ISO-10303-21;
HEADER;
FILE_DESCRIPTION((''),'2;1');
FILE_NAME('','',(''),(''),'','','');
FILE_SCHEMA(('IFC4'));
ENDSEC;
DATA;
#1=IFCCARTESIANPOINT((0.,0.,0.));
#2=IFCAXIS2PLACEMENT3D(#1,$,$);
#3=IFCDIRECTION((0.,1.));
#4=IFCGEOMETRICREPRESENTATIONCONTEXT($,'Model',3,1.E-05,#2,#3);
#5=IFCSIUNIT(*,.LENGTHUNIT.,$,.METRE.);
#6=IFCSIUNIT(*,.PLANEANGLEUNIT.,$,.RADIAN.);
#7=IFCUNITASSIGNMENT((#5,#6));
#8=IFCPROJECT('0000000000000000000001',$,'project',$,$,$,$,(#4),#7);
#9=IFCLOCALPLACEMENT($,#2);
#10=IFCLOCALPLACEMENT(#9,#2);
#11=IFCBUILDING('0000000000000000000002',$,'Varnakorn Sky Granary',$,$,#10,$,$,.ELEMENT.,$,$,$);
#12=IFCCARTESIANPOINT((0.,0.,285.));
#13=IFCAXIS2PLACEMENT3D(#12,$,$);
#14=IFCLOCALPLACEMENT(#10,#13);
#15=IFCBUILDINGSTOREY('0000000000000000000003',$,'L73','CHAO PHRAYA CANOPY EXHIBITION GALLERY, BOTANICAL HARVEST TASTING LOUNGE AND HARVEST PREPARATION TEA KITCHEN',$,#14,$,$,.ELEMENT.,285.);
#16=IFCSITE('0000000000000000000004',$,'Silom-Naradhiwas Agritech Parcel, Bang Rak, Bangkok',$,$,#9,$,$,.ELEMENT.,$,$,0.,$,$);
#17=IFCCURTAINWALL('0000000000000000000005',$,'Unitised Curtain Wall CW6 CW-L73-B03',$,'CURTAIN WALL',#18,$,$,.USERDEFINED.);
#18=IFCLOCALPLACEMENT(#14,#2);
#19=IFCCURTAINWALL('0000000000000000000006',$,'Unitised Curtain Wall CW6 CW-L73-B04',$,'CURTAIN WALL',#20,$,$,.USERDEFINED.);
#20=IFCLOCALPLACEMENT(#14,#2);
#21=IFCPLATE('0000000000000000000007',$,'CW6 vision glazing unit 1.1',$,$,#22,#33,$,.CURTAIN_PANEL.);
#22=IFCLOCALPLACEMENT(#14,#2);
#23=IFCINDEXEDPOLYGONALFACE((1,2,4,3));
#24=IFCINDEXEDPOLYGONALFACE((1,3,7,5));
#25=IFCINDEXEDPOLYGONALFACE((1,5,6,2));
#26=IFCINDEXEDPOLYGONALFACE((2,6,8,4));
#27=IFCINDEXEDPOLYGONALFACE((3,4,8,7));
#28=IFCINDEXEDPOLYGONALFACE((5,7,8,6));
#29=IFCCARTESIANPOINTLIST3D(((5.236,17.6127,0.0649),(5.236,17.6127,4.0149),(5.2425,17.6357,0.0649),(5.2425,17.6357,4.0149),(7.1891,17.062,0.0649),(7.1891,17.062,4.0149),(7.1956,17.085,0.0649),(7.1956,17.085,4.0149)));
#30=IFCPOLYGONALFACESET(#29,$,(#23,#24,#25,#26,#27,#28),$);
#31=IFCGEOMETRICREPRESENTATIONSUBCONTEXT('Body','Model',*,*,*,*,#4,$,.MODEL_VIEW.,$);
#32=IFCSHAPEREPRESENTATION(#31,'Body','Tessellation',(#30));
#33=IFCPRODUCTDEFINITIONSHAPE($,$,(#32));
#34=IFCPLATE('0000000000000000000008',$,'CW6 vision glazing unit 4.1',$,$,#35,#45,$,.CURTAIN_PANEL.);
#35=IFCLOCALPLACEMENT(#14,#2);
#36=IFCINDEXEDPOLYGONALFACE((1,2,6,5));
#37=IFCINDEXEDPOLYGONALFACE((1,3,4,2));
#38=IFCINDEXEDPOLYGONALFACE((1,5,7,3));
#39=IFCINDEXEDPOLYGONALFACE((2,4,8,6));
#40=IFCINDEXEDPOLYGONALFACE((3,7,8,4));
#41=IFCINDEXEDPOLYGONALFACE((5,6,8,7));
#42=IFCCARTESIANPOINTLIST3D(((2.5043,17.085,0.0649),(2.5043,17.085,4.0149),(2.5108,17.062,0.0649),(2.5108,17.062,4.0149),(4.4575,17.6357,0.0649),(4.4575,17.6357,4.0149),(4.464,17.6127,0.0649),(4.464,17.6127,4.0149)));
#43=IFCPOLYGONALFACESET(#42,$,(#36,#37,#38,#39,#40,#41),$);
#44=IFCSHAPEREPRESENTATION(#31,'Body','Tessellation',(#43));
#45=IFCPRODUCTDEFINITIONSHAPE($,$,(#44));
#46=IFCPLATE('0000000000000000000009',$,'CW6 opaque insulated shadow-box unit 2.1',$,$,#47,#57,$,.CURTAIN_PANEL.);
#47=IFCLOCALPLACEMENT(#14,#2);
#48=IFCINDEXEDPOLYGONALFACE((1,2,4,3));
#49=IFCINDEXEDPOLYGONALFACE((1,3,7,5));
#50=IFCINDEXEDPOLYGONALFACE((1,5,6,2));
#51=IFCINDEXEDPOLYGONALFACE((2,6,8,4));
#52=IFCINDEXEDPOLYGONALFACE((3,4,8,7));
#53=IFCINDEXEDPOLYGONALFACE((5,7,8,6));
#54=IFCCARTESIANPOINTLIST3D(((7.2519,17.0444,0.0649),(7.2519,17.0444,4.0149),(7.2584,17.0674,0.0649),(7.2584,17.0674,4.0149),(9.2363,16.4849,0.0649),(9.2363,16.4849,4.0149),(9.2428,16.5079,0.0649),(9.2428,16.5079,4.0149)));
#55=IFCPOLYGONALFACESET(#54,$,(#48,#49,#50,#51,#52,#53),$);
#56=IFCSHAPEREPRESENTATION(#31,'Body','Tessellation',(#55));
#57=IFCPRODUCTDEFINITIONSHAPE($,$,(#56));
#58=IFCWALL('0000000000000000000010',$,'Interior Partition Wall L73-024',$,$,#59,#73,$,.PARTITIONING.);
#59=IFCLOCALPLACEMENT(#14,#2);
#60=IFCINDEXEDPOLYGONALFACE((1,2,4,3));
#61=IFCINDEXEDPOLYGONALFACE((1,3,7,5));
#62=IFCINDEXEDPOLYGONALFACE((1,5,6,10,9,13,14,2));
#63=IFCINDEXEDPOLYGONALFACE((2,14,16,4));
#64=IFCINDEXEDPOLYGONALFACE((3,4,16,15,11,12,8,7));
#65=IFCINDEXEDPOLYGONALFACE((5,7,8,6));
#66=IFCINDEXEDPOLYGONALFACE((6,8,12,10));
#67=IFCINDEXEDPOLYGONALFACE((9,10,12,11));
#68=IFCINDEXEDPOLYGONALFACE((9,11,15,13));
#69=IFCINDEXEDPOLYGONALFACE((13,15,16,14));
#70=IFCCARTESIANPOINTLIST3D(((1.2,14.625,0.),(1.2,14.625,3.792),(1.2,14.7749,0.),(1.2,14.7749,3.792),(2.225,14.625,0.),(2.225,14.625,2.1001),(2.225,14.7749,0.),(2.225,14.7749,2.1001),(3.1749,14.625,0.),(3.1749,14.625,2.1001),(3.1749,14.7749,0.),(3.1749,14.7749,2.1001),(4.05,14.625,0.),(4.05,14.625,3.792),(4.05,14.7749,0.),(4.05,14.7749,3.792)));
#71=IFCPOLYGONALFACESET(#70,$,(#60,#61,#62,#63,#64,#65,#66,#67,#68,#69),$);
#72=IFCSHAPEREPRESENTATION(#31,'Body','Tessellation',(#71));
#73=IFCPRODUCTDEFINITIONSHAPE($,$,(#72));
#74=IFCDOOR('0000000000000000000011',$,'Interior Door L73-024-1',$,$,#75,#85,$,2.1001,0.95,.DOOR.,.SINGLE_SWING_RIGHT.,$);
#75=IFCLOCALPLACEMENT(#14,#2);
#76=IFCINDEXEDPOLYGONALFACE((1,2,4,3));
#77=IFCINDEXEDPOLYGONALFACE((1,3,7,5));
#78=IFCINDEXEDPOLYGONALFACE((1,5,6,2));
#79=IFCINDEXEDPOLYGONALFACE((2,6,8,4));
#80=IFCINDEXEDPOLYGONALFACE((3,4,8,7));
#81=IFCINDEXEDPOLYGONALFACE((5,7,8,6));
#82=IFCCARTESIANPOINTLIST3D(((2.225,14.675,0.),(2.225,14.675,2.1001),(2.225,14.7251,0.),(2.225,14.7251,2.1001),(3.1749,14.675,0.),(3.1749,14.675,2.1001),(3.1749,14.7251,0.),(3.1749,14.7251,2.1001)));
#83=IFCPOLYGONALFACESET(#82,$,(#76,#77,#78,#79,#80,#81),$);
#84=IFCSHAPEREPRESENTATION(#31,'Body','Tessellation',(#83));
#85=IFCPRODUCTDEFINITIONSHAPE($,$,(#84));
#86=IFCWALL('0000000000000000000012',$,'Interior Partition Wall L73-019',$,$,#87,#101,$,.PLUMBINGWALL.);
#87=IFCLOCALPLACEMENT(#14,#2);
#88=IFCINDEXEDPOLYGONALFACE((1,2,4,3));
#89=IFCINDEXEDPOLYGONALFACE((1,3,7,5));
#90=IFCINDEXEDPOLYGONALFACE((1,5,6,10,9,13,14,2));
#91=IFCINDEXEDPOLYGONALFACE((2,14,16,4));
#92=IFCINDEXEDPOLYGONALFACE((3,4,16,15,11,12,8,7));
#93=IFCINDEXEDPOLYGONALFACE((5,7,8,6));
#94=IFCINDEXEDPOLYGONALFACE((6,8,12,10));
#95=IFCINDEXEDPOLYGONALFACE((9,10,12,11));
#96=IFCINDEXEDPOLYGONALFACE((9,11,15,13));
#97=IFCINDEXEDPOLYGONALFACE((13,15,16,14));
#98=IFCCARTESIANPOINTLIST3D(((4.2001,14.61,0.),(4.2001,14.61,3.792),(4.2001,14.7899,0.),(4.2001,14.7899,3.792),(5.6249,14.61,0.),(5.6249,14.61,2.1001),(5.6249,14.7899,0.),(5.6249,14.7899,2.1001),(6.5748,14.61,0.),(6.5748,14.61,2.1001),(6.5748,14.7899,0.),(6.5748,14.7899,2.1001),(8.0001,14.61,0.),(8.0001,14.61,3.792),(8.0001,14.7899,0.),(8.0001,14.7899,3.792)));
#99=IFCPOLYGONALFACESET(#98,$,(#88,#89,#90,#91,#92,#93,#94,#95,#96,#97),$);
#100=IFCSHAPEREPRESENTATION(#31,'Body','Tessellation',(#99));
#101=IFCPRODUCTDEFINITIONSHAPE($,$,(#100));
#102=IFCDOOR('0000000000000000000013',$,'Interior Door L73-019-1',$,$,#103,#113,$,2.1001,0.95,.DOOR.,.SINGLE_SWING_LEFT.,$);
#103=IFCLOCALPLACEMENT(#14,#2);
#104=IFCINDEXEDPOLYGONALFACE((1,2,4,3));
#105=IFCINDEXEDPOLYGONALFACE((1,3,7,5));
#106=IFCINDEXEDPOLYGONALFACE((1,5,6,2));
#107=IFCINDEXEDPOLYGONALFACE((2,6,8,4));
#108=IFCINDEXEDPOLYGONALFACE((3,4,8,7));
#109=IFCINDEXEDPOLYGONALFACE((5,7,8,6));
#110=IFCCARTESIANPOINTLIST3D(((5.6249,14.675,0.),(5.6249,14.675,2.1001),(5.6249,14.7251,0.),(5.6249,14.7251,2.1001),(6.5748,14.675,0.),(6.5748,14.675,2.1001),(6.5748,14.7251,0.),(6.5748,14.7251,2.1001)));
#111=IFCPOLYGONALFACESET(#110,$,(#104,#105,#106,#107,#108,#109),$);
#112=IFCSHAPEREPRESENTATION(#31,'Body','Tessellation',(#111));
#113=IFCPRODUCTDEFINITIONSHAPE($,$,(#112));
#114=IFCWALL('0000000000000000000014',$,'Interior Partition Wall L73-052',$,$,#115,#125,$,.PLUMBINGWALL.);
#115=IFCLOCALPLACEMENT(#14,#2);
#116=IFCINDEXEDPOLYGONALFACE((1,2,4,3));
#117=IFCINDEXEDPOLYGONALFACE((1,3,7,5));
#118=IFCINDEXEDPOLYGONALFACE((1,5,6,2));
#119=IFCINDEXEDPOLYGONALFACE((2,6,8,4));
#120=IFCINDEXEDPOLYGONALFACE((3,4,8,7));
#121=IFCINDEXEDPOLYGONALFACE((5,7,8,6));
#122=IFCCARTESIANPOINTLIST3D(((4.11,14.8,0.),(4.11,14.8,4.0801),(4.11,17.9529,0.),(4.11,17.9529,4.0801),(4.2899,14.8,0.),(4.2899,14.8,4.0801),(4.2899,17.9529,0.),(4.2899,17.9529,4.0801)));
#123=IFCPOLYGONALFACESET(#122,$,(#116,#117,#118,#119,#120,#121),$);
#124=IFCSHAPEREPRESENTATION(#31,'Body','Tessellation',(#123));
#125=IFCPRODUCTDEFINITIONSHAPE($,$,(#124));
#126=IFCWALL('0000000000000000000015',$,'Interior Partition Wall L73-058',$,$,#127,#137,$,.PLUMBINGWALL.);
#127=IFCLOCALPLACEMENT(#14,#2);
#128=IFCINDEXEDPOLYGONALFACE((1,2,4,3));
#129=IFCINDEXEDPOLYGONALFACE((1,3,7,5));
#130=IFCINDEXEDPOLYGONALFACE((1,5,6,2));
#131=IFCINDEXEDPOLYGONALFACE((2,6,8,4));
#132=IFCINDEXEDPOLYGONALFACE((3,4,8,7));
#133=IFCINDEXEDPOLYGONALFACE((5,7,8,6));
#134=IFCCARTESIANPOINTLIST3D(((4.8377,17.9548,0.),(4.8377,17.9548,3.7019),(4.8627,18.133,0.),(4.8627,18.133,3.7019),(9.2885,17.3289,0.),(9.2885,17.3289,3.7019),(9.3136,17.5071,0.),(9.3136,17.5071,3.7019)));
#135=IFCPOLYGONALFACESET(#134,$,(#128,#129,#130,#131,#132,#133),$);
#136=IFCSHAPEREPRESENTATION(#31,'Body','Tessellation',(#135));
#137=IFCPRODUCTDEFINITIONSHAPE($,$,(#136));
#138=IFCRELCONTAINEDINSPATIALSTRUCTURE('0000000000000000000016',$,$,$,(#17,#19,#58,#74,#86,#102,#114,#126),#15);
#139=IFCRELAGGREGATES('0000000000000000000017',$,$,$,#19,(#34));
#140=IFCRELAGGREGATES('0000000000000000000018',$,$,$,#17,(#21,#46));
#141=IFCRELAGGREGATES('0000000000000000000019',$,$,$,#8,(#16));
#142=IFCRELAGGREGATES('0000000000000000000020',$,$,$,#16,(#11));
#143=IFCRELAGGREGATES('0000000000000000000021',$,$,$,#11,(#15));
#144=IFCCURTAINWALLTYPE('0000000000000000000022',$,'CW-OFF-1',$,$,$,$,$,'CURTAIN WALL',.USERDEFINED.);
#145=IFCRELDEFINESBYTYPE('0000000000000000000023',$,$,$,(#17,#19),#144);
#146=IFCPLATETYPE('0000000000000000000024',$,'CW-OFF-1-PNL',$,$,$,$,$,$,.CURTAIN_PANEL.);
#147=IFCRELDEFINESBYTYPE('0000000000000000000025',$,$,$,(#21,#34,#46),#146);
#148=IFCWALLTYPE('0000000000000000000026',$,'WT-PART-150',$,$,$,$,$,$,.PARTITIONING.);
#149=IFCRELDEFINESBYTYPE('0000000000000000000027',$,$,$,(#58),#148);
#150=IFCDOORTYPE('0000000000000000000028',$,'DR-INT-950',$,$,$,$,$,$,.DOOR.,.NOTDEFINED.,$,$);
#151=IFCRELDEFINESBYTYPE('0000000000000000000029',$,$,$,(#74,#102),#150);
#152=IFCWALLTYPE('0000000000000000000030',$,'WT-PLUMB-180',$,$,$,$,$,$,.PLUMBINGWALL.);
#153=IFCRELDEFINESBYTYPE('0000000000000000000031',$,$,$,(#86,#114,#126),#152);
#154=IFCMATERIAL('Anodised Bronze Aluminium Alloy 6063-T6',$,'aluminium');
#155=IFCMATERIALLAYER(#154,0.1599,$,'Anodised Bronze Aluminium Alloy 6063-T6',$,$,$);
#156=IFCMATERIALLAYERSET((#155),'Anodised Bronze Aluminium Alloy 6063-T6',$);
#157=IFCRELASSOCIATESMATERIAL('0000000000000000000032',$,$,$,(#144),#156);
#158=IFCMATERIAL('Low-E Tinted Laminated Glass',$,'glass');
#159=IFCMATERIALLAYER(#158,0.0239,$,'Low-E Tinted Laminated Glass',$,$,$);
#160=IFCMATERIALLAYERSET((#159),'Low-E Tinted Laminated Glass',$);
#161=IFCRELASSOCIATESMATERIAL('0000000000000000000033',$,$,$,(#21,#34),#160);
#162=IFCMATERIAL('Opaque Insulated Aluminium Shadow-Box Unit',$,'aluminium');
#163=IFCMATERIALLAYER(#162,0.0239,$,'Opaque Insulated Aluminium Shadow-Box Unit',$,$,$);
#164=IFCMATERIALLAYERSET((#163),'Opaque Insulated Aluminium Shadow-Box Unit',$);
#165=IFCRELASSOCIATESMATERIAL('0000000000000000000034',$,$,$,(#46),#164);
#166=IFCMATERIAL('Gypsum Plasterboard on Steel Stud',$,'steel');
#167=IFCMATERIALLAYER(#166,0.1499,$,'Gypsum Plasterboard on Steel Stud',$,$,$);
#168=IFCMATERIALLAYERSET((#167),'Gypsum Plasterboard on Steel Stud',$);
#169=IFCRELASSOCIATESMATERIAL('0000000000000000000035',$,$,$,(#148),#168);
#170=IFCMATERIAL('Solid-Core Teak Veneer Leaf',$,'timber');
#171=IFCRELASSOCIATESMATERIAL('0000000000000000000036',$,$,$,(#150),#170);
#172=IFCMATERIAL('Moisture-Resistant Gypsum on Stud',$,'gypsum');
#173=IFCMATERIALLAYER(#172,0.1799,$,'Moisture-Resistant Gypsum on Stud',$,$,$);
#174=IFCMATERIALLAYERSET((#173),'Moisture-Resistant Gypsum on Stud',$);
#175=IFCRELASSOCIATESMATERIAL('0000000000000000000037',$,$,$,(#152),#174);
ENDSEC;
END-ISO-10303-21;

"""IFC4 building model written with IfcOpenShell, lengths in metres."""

from ifc_helpers import new_model, si_unit, direction, frame, frame_2d, origin, origin_2d, place, context, subcontext, project, spatial, rectangle, extrude, source, transform, mapped, material, layer, layer_set, type_object, type_shapes, element, fill, aggregate, save


model = new_model("IFC4")

# Units and contexts
model_context = context("Model", 3, precision=1e-05, world=origin(), true_north=direction((0.0, 1.0)))
body_context = subcontext(model_context, "Body", "Model", "MODEL_VIEW")
ifc_project = project(units=[si_unit("LENGTHUNIT", "METRE"), si_unit("PLANEANGLEUNIT", "RADIAN")], contexts=[model_context])

# Site, building, storey
site_placement = place(None, origin())
site = spatial("IfcSite", under=ifc_project, at=site_placement, Name="Silom-Naradhiwas Agritech Parcel, Bang Rak, Bangkok", CompositionType="ELEMENT", RefElevation=0.0)
building_placement = place(site_placement, origin())
building = spatial("IfcBuilding", under=site, at=building_placement, Name="Varnakorn Sky Granary", CompositionType="ELEMENT")
storey_placement = place(building_placement, frame((0.0, 0.0, 285.0)))
storey = spatial("IfcBuildingStorey", under=building, at=storey_placement, Name="L73", Description="CHAO PHRAYA CANOPY EXHIBITION GALLERY, BOTANICAL HARVEST TASTING LOUNGE AND HARVEST PREPARATION TEA KITCHEN", CompositionType="ELEMENT", Elevation=285.0)

# Curtain wall
ifc_material_1 = material(Name="Anodised Bronze Aluminium Alloy 6063-T6", Category="aluminium")
ifc_layer_1 = layer(ifc_material_1, 0.1599, Name="Anodised Bronze Aluminium Alloy 6063-T6")
ifc_layer_set_1 = layer_set([ifc_layer_1], Name="Anodised Bronze Aluminium Alloy 6063-T6")
curtain_wall_type = type_object("IfcCurtainWallType", Name="CW-OFF-1", ElementType="CURTAIN WALL", PredefinedType="USERDEFINED", material=ifc_layer_set_1)
curtain_wall_1_placement = place(storey_placement, origin())
curtain_wall_1 = element("IfcCurtainWall", 1, at=curtain_wall_1_placement, inside=storey, type_object=curtain_wall_type, Name="Unitised Curtain Wall CW6 CW-L73-B03", ObjectType="CURTAIN WALL", PredefinedType="USERDEFINED")

# Curtain wall
curtain_wall_2_placement = place(storey_placement, origin())
curtain_wall_2 = element("IfcCurtainWall", 2, at=curtain_wall_2_placement, inside=storey, type_object=curtain_wall_type, Name="Unitised Curtain Wall CW6 CW-L73-B04", ObjectType="CURTAIN WALL", PredefinedType="USERDEFINED")

# Plates
ifc_material_2 = material(Name="Low-E Tinted Laminated Glass", Category="glass")
ifc_layer_2 = layer(ifc_material_2, 0.0239, Name="Low-E Tinted Laminated Glass")
ifc_layer_set_2 = layer_set([ifc_layer_2], Name="Low-E Tinted Laminated Glass")
plate_type = type_object("IfcPlateType", Name="CW-OFF-1-PNL", PredefinedType="CURTAIN_PANEL")
shared_shape_1 = source(origin(), body_context, "Body", "SweptSolid", [
    extrude(rectangle(XDim=2.0293, YDim=0.0239, at=origin_2d()), origin(), (0.0, 0.0, 1.0), 3.95),
])
plate_1_placement = place(storey_placement, frame((6.2158, 17.3489, 0.0649), z_axis=(0.0, 0.0, 1.0), x_axis=(0.962474, -0.271372, 0.0)))
plate_1 = element("IfcPlate", 3, at=plate_1_placement, type_object=plate_type, material=ifc_layer_set_2, Name="CW6 vision glazing unit 1.1", PredefinedType="CURTAIN_PANEL", context=body_context, shape_type="MappedRepresentation", body=[
    mapped(shared_shape_1, transform((0.0, 0.0, 0.0), x_axis=(1.0, 0.0, 0.0), y_axis=(0.0, 1.0, 0.0), z_axis=(0.0, 0.0, 1.0), scale=1.0)),
])
plate_2_placement = place(storey_placement, frame((3.4841, 17.3489, 0.0649), z_axis=(0.0, 0.0, 1.0), x_axis=(0.962474, 0.271372, 0.0)))
plate_2 = element("IfcPlate", 4, at=plate_2_placement, type_object=plate_type, material=ifc_layer_set_2, Name="CW6 vision glazing unit 4.1", PredefinedType="CURTAIN_PANEL", context=body_context, shape_type="MappedRepresentation", body=[
    mapped(shared_shape_1, transform((0.0, 0.0, 0.0), x_axis=(1.0, 0.0, 0.0), y_axis=(0.0, 1.0, 0.0), z_axis=(0.0, 0.0, 1.0), scale=1.0)),
])
aggregate(curtain_wall_2, [plate_2])
ifc_material_3 = material(Name="Opaque Insulated Aluminium Shadow-Box Unit", Category="aluminium")
ifc_layer_3 = layer(ifc_material_3, 0.0239, Name="Opaque Insulated Aluminium Shadow-Box Unit")
ifc_layer_set_3 = layer_set([ifc_layer_3], Name="Opaque Insulated Aluminium Shadow-Box Unit")
shared_shape_2 = source(origin(), body_context, "Body", "SweptSolid", [
    extrude(rectangle(XDim=2.0618, YDim=0.0239, at=origin_2d()), origin(), (0.0, 0.0, 1.0), 3.95),
])
type_shapes(plate_type, [shared_shape_1, shared_shape_2])
plate_3_placement = place(storey_placement, frame((8.2473, 16.7761, 0.0649), z_axis=(0.0, 0.0, 1.0), x_axis=(0.962474, -0.271372, 0.0)))
plate_3 = element("IfcPlate", 5, at=plate_3_placement, type_object=plate_type, material=ifc_layer_set_3, Name="CW6 opaque insulated shadow-box unit 2.1", PredefinedType="CURTAIN_PANEL", context=body_context, shape_type="MappedRepresentation", body=[
    mapped(shared_shape_2, transform((0.0, 0.0, 0.0), x_axis=(1.0, 0.0, 0.0), y_axis=(0.0, 1.0, 0.0), z_axis=(0.0, 0.0, 1.0), scale=1.0)),
])
aggregate(curtain_wall_1, [plate_1, plate_3])

# Walls, openings, doors
ifc_material_4 = material(Name="Gypsum Plasterboard on Steel Stud", Category="steel")
ifc_layer_4 = layer(ifc_material_4, 0.1499, Name="Gypsum Plasterboard on Steel Stud")
ifc_layer_set_4 = layer_set([ifc_layer_4], Name="Gypsum Plasterboard on Steel Stud")
wall_type_1 = type_object("IfcWallType", Name="WT-PART-150", PredefinedType="PARTITIONING", material=ifc_layer_set_4)
wall_1_placement = place(storey_placement, frame((4.05, 14.7, 0.0), z_axis=(0.0, 0.0, 1.0), x_axis=(-1.0, 0.0, 0.0)))
wall_1 = element("IfcWall", 6, at=wall_1_placement, inside=storey, type_object=wall_type_1, Name="Interior Partition Wall L73-024", PredefinedType="PARTITIONING", context=body_context, shape_type="SweptSolid", body=[
    extrude(rectangle(XDim=2.8501, YDim=0.1499, at=frame_2d((1.425, 0.0))), origin(), (0.0, 0.0, 1.0), 3.792),
])
opening_1_placement = place(wall_1_placement, frame((0.875, 0.0, 0.0)))
opening_1 = element("IfcOpeningElement", 7, at=opening_1_placement, cuts=wall_1, PredefinedType="OPENING", context=body_context, shape_type="SweptSolid", body=[
    extrude(rectangle(XDim=0.95, YDim=2.1001, at=frame_2d((0.4751, 1.05))), frame((0.0, 0.085, 0.0), z_axis=(0.0, -1.0, 0.0), x_axis=(1.0, 0.0, 0.0)), (0.0, 0.0, 1.0), 0.1699),
])
ifc_material_5 = material(Name="Solid-Core Teak Veneer Leaf", Category="timber")
door_type = type_object("IfcDoorType", Name="DR-INT-950", OperationType="NOTDEFINED", PredefinedType="DOOR", material=ifc_material_5)
door_1_placement = place(opening_1_placement, origin())
door_1 = element("IfcDoor", 8, at=door_1_placement, inside=storey, type_object=door_type, Name="Interior Door L73-024-1", OperationType="SINGLE_SWING_RIGHT", OverallHeight=2.1001, OverallWidth=0.95, PredefinedType="DOOR", context=body_context, shape_type="SweptSolid", body=[
    extrude(rectangle(XDim=0.95, YDim=2.1001, at=frame_2d((0.4751, 1.05))), frame((0.0, 0.0249, 0.0), z_axis=(0.0, -1.0, 0.0), x_axis=(1.0, 0.0, 0.0)), (0.0, 0.0, 1.0), 0.05),
])
fill(opening_1, door_1)
ifc_material_6 = material(Name="Moisture-Resistant Gypsum on Stud", Category="gypsum")
ifc_layer_5 = layer(ifc_material_6, 0.1799, Name="Moisture-Resistant Gypsum on Stud")
ifc_layer_set_5 = layer_set([ifc_layer_5], Name="Moisture-Resistant Gypsum on Stud")
wall_type_2 = type_object("IfcWallType", Name="WT-PLUMB-180", PredefinedType="PLUMBINGWALL", material=ifc_layer_set_5)
wall_2_placement = place(storey_placement, frame((8.0, 14.7, 0.0), z_axis=(0.0, 0.0, 1.0), x_axis=(-1.0, 0.0, 0.0)))
wall_2 = element("IfcWall", 9, at=wall_2_placement, inside=storey, type_object=wall_type_2, Name="Interior Partition Wall L73-019", PredefinedType="PLUMBINGWALL", context=body_context, shape_type="SweptSolid", body=[
    extrude(rectangle(XDim=3.8, YDim=0.1799, at=frame_2d((1.8999, 0.0))), origin(), (0.0, 0.0, 1.0), 3.792),
])
opening_2_placement = place(wall_2_placement, frame((1.425, 0.0, 0.0)))
opening_2 = element("IfcOpeningElement", 10, at=opening_2_placement, cuts=wall_2, PredefinedType="OPENING", context=body_context, shape_type="SweptSolid", body=[
    extrude(rectangle(XDim=0.95, YDim=2.1001, at=frame_2d((0.4751, 1.05))), frame((0.0, 0.1001, 0.0), z_axis=(0.0, -1.0, 0.0), x_axis=(1.0, 0.0, 0.0)), (0.0, 0.0, 1.0), 0.2),
])
door_2_placement = place(opening_2_placement, origin())
door_2 = element("IfcDoor", 11, at=door_2_placement, inside=storey, type_object=door_type, Name="Interior Door L73-019-1", OperationType="SINGLE_SWING_LEFT", OverallHeight=2.1001, OverallWidth=0.95, PredefinedType="DOOR", context=body_context, shape_type="SweptSolid", body=[
    extrude(rectangle(XDim=0.95, YDim=2.1001, at=frame_2d((0.4751, 1.05))), frame((0.0, 0.0249, 0.0), z_axis=(0.0, -1.0, 0.0), x_axis=(1.0, 0.0, 0.0)), (0.0, 0.0, 1.0), 0.05),
])
fill(opening_2, door_2)

# Walls
wall_3_placement = place(storey_placement, frame((4.2, 17.9529, 0.0), z_axis=(0.0, 0.0, 1.0), x_axis=(0.0, -1.0, 0.0)))
element("IfcWall", 12, at=wall_3_placement, inside=storey, type_object=wall_type_2, Name="Interior Partition Wall L73-052", PredefinedType="PLUMBINGWALL", context=body_context, shape_type="SweptSolid", body=[
    extrude(rectangle(XDim=3.1528, YDim=0.1799, at=frame_2d((1.5764, 0.0))), origin(), (0.0, 0.0, 1.0), 4.0801),
])
wall_4_placement = place(storey_placement, frame((9.301, 17.418, 0.0), z_axis=(0.0, 0.0, 1.0), x_axis=(-0.990255, 0.139269, 0.0)))
element("IfcWall", 13, at=wall_4_placement, inside=storey, type_object=wall_type_2, Name="Interior Partition Wall L73-058", PredefinedType="PLUMBINGWALL", context=body_context, shape_type="SweptSolid", body=[
    extrude(rectangle(XDim=4.4946, YDim=0.1799, at=frame_2d((2.2473, 0.0))), origin(), (0.0, 0.0, 1.0), 3.7019),
])

save(model, "model.ifc")
